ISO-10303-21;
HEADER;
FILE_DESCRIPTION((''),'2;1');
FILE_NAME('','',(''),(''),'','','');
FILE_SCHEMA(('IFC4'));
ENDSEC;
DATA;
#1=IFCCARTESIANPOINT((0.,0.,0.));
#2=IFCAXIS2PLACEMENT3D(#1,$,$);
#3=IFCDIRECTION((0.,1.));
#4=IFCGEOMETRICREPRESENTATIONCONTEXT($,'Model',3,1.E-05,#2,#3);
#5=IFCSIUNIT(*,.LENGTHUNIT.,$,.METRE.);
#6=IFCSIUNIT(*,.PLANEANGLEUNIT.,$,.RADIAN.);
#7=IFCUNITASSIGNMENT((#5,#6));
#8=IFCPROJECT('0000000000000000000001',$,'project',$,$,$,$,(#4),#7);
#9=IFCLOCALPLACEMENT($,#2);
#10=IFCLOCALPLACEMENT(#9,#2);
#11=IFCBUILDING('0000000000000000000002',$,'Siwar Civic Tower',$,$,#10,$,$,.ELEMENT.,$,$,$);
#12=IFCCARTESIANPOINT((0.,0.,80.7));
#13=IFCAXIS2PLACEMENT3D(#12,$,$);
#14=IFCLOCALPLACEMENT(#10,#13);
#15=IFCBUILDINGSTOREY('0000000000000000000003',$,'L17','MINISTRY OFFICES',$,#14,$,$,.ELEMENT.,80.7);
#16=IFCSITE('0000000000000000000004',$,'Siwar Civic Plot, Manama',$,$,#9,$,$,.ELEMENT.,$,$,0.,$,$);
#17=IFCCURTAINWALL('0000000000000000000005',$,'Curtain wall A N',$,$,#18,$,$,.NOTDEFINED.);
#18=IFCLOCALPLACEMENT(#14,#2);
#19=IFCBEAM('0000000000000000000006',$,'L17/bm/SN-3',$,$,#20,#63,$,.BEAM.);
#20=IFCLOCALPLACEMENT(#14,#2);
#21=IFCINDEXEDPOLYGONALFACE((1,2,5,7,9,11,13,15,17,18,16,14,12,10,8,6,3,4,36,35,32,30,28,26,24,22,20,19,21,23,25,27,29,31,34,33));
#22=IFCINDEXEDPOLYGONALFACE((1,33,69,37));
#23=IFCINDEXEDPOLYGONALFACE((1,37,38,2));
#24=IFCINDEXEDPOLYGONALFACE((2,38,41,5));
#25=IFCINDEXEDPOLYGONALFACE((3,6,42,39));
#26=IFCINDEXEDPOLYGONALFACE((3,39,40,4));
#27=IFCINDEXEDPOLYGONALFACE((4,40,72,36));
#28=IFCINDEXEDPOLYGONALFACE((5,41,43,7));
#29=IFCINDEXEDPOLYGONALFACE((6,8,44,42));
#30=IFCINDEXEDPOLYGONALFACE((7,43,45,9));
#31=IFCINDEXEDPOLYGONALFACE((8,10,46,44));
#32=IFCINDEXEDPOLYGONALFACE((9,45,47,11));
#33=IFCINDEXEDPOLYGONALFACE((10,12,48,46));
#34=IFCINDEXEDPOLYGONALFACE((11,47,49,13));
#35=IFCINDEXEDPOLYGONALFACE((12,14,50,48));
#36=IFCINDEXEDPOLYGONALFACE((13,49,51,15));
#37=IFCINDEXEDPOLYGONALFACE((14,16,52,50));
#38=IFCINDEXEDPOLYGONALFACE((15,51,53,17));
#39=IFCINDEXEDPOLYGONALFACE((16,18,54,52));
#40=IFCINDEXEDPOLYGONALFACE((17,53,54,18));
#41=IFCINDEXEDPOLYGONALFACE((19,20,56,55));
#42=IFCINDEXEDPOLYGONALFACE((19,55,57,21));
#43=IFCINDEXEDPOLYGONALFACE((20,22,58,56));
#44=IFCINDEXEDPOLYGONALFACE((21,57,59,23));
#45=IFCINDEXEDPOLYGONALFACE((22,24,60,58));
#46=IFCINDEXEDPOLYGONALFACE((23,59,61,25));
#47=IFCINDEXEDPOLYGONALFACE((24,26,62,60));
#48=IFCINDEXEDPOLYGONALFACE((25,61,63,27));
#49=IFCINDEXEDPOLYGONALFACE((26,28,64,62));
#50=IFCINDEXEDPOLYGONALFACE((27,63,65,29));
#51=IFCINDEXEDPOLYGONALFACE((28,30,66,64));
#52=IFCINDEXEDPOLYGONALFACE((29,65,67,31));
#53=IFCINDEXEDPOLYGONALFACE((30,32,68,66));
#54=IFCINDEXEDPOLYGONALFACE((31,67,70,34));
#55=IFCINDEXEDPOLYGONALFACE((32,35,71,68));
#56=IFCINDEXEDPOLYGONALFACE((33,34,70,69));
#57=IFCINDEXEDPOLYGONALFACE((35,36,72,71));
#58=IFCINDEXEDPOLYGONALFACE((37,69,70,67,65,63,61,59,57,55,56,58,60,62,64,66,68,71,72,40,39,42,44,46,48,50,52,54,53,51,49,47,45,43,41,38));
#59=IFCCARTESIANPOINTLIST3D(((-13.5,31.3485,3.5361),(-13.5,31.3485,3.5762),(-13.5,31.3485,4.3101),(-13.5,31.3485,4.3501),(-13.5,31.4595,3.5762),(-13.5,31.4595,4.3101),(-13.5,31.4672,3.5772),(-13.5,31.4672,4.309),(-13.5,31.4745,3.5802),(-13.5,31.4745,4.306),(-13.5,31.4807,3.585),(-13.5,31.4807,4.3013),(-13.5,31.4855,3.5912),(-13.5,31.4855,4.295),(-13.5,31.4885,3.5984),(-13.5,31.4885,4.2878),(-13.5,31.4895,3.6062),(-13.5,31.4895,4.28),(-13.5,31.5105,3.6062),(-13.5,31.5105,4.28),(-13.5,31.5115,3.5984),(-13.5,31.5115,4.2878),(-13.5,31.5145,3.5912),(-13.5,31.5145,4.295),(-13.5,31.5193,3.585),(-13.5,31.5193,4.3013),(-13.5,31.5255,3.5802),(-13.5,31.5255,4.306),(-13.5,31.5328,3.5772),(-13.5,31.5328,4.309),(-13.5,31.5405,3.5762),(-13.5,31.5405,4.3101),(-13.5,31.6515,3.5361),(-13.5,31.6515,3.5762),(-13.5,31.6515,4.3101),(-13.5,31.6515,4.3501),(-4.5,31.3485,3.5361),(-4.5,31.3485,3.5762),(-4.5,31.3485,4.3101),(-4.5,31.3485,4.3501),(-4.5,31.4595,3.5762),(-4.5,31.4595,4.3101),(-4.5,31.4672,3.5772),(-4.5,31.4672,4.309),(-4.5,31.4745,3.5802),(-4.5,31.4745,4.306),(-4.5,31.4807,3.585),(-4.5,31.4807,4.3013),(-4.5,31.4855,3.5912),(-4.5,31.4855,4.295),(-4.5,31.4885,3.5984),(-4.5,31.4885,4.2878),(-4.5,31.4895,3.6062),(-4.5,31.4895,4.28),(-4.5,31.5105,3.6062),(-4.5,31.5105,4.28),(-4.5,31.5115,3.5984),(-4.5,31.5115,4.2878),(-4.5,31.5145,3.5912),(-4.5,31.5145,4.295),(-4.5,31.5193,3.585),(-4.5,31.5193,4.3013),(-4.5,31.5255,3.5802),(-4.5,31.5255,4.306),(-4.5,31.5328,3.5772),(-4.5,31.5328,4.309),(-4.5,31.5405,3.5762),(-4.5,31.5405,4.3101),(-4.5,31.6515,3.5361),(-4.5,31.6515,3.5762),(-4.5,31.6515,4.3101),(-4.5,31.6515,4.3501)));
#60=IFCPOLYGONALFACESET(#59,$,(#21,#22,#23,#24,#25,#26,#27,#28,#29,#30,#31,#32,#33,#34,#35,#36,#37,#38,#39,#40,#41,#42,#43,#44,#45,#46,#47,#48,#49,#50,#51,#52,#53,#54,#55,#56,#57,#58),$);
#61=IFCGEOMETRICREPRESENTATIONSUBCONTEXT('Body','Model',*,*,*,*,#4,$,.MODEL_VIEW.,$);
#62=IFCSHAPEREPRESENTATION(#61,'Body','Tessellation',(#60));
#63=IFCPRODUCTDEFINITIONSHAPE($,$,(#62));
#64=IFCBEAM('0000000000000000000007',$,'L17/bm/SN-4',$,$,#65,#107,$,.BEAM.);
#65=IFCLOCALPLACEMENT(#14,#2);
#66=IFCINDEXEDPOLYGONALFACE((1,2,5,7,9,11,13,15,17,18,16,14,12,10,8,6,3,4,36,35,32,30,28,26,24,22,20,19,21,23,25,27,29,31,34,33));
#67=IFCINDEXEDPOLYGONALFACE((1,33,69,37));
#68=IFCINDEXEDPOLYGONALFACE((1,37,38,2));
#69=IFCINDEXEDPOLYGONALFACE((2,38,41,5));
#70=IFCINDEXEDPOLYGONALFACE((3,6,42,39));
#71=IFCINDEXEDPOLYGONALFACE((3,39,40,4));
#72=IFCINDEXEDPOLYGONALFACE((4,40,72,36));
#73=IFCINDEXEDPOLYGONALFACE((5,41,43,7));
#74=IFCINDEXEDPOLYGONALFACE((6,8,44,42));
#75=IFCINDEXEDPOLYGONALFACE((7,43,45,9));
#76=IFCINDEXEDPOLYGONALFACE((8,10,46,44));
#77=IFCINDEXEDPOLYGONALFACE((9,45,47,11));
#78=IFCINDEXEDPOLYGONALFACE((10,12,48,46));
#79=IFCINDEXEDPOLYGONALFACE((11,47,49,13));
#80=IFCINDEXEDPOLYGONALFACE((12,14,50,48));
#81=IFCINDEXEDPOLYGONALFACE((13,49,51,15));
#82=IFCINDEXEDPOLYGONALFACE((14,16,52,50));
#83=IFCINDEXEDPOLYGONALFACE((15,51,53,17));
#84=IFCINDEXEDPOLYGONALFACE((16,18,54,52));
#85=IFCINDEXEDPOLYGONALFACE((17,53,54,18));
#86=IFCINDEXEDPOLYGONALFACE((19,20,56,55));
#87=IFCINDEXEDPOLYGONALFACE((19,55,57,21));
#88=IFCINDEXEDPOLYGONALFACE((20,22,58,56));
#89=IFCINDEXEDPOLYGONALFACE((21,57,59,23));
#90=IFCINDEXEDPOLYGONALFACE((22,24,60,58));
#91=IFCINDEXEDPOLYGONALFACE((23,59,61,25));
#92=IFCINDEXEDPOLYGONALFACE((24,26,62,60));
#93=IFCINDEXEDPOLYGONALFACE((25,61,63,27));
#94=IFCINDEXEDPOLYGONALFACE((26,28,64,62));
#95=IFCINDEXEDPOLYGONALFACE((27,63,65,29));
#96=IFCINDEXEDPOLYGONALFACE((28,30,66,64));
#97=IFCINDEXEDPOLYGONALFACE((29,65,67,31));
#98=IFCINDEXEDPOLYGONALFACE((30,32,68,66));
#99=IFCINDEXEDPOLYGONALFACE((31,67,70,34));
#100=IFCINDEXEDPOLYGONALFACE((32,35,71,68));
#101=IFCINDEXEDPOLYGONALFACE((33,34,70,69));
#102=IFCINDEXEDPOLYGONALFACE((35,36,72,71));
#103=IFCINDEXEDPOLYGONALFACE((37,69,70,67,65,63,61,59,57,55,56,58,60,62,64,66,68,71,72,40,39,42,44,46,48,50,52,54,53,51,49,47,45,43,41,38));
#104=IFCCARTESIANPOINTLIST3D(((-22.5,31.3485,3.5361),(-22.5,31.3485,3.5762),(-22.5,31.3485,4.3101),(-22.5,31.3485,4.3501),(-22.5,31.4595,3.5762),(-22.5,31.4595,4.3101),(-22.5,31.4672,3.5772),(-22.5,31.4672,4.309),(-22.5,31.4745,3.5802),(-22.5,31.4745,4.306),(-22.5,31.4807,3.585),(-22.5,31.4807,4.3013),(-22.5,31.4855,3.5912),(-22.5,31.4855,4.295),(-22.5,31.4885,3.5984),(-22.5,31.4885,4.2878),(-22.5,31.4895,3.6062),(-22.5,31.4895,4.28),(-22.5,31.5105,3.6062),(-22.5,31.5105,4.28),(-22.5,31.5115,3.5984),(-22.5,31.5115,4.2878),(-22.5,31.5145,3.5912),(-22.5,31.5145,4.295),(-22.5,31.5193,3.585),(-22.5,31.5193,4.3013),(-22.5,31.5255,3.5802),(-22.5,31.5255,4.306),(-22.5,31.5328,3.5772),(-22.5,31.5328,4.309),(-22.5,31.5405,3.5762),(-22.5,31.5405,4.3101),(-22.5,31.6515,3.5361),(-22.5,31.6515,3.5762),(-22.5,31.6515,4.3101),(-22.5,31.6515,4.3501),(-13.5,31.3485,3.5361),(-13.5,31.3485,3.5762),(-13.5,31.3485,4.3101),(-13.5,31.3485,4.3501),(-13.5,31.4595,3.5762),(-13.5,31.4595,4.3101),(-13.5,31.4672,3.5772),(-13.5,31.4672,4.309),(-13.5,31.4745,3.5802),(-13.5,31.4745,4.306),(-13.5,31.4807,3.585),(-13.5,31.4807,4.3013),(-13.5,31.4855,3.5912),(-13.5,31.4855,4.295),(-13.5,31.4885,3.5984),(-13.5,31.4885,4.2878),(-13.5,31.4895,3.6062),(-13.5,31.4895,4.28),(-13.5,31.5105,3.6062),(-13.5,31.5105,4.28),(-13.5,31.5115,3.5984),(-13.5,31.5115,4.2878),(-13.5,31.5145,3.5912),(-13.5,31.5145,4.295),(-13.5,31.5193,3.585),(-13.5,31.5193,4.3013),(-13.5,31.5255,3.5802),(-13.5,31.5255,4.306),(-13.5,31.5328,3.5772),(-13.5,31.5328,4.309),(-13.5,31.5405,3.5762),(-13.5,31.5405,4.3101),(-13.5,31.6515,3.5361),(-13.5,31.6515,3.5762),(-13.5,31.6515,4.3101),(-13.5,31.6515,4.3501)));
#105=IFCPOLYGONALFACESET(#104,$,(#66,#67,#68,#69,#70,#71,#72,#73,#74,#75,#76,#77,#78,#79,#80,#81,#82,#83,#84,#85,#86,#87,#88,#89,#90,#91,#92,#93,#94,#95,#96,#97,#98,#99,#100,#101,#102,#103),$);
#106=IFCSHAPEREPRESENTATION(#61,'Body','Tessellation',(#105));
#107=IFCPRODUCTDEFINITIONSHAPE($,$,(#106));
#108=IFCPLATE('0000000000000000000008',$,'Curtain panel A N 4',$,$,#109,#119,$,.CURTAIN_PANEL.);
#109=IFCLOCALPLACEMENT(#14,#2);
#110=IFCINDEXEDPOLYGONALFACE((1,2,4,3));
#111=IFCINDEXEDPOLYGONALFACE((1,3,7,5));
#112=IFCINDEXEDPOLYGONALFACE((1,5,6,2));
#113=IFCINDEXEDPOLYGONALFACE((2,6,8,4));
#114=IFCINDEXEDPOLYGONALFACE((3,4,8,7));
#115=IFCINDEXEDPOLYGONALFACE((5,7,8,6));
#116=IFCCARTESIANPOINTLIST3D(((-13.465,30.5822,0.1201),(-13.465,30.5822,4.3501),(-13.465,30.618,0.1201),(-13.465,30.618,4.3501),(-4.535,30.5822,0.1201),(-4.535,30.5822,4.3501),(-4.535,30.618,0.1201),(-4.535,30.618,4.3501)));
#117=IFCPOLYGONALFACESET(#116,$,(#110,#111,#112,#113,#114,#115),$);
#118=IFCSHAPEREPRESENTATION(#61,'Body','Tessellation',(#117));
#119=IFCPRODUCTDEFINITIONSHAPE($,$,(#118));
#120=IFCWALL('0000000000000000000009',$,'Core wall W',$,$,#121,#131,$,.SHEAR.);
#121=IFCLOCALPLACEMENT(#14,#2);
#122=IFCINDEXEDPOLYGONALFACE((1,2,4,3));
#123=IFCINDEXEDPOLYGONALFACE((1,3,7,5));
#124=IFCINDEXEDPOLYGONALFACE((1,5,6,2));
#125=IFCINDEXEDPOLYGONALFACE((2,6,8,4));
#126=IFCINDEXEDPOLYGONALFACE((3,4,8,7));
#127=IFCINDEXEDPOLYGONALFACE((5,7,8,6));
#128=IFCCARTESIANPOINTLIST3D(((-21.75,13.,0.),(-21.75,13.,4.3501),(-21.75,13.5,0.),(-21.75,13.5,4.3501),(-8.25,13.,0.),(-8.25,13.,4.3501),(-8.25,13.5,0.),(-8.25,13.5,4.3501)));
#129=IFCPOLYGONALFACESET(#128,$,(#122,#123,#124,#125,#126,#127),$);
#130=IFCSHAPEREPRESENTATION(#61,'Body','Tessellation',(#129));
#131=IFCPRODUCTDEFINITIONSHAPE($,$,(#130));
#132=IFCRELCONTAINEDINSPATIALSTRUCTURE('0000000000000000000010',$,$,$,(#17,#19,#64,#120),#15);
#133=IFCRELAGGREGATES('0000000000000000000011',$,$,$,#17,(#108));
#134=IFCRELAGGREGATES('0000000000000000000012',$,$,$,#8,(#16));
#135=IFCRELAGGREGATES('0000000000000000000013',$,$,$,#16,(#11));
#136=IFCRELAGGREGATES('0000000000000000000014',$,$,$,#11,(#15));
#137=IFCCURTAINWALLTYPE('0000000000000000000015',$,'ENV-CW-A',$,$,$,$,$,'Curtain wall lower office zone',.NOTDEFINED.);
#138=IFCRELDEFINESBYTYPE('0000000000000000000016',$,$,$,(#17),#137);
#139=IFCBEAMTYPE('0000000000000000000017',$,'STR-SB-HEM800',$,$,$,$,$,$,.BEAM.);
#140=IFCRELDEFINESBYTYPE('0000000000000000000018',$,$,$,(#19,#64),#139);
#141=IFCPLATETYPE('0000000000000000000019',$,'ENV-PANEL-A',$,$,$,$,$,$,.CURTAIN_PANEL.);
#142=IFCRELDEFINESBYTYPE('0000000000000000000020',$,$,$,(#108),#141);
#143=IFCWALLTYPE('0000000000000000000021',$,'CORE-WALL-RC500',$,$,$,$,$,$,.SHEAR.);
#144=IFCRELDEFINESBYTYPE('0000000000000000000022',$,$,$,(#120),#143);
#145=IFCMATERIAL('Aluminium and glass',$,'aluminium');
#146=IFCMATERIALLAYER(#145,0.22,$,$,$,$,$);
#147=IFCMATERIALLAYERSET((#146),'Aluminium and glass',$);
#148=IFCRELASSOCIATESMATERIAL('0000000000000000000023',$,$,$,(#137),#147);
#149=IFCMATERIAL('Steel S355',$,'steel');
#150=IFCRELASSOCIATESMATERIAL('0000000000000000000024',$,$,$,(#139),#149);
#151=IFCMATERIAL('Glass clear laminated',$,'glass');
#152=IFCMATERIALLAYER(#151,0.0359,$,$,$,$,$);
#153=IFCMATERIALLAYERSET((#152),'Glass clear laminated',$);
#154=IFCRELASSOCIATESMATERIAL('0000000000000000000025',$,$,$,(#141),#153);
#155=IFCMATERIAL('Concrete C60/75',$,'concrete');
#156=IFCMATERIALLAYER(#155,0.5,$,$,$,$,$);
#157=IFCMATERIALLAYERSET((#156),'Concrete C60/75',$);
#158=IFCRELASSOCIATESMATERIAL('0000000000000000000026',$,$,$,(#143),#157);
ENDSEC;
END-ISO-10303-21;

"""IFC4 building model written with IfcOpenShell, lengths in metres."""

from ifc_helpers import new_model, si_unit, direction, frame, frame_2d, origin, origin_2d, place, context, subcontext, project, spatial, rectangle, i_section, extrude, material, layer, layer_set, material_profile, profile_set, type_object, element, aggregate, save


model = new_model("IFC4")

# Units and contexts
model_context = context("Model", 3, precision=1e-05, world=origin(), true_north=direction((0.0, 1.0)))
body_context = subcontext(model_context, "Body", "Model", "MODEL_VIEW")
ifc_project = project(units=[si_unit("LENGTHUNIT", "METRE"), si_unit("PLANEANGLEUNIT", "RADIAN")], contexts=[model_context])

# Site, building, storey
site_placement = place(None, origin())
site = spatial("IfcSite", under=ifc_project, at=site_placement, Name="Siwar Civic Plot, Manama", CompositionType="ELEMENT", RefElevation=0.0)
building_placement = place(site_placement, origin())
building = spatial("IfcBuilding", under=site, at=building_placement, Name="Siwar Civic Tower", CompositionType="ELEMENT")
storey_placement = place(building_placement, frame((0.0, 0.0, 80.7)))
storey = spatial("IfcBuildingStorey", under=building, at=storey_placement, Name="L17", Description="MINISTRY OFFICES", CompositionType="ELEMENT", Elevation=80.7)

# Curtain wall
ifc_material_1 = material(Name="Aluminium and glass", Category="aluminium")
ifc_layer_1 = layer(ifc_material_1, 0.22)
ifc_layer_set_1 = layer_set([ifc_layer_1], Name="Aluminium and glass")
curtain_wall_type = type_object("IfcCurtainWallType", Name="ENV-CW-A", ElementType="Curtain wall lower office zone", PredefinedType="NOTDEFINED", material=ifc_layer_set_1)
curtain_wall_placement = place(storey_placement, origin())
curtain_wall = element("IfcCurtainWall", 1, at=curtain_wall_placement, inside=storey, type_object=curtain_wall_type, Name="Curtain wall A N", PredefinedType="NOTDEFINED")

# Beams
ifc_material_2 = material(Name="Steel S355", Category="steel")
ifc_material_profile_1 = material_profile(ifc_material_2, i_section(OverallWidth=0.303, OverallDepth=0.814, WebThickness=0.021, FlangeThickness=0.04, FilletRadius=0.03, at=origin_2d()), Name="HEM800")
ifc_profile_set_1 = profile_set([ifc_material_profile_1], Name="Steel S355")
beam_type_1 = type_object("IfcBeamType", Name="STR-SB-HEM800", PredefinedType="BEAM", material=ifc_profile_set_1)
for number, where, z_axis, x_axis, name in (
    (2, (-4.5, 31.5, 3.9431), (-1.0, 0.0, 0.0), (0.0, -1.0, 0.0), "L17/bm/SN-3"),
    (3, (-13.5, 31.5, 3.9431), (-1.0, 0.0, 0.0), (0.0, -1.0, 0.0), "L17/bm/SN-4"),
):
    element("IfcBeam", number, at=place(storey_placement, frame(where, z_axis=z_axis, x_axis=x_axis)), inside=storey, type_object=beam_type_1, Name=name, PredefinedType="BEAM", context=body_context, shape_type="SweptSolid", body=[
        extrude(i_section(OverallWidth=0.303, OverallDepth=0.814, WebThickness=0.021, FlangeThickness=0.04, FilletRadius=0.03, at=origin_2d()), origin(), (0.0, 0.0, 1.0), 9.0),
    ])

# Plate
ifc_material_3 = material(Name="Glass clear laminated", Category="glass")
ifc_layer_2 = layer(ifc_material_3, 0.0359)
ifc_layer_set_2 = layer_set([ifc_layer_2], Name="Glass clear laminated")
plate_type = type_object("IfcPlateType", Name="ENV-PANEL-A", PredefinedType="CURTAIN_PANEL", material=ifc_layer_set_2)
plate_placement = place(storey_placement, frame((-9.0, 30.6001, 0.1201), z_axis=(0.0, 0.0, 1.0), x_axis=(-1.0, 0.0, 0.0)))
plate = element("IfcPlate", 4, at=plate_placement, type_object=plate_type, Name="Curtain panel A N 4", PredefinedType="CURTAIN_PANEL", context=body_context, shape_type="SweptSolid", body=[
    extrude(rectangle(XDim=8.9299, YDim=0.0359, at=origin_2d()), origin(), (0.0, 0.0, 1.0), 4.23),
])
aggregate(curtain_wall, [plate])

# Wall
ifc_material_4 = material(Name="Concrete C60/75", Category="concrete")
ifc_layer_3 = layer(ifc_material_4, 0.5)
ifc_layer_set_3 = layer_set([ifc_layer_3], Name="Concrete C60/75")
wall_type_1 = type_object("IfcWallType", Name="CORE-WALL-RC500", PredefinedType="SHEAR", material=ifc_layer_set_3)
wall_1_placement = place(storey_placement, frame((-8.25, 13.25, 0.0), z_axis=(0.0, 0.0, 1.0), x_axis=(-1.0, 0.0, 0.0)))
element("IfcWall", 5, at=wall_1_placement, inside=storey, type_object=wall_type_1, Name="Core wall W", PredefinedType="SHEAR", context=body_context, shape_type="SweptSolid", body=[
    extrude(rectangle(XDim=13.5, YDim=0.5, at=frame_2d((6.75, 0.0))), origin(), (0.0, 0.0, 1.0), 4.3501),
])

save(model, "model.ifc")
